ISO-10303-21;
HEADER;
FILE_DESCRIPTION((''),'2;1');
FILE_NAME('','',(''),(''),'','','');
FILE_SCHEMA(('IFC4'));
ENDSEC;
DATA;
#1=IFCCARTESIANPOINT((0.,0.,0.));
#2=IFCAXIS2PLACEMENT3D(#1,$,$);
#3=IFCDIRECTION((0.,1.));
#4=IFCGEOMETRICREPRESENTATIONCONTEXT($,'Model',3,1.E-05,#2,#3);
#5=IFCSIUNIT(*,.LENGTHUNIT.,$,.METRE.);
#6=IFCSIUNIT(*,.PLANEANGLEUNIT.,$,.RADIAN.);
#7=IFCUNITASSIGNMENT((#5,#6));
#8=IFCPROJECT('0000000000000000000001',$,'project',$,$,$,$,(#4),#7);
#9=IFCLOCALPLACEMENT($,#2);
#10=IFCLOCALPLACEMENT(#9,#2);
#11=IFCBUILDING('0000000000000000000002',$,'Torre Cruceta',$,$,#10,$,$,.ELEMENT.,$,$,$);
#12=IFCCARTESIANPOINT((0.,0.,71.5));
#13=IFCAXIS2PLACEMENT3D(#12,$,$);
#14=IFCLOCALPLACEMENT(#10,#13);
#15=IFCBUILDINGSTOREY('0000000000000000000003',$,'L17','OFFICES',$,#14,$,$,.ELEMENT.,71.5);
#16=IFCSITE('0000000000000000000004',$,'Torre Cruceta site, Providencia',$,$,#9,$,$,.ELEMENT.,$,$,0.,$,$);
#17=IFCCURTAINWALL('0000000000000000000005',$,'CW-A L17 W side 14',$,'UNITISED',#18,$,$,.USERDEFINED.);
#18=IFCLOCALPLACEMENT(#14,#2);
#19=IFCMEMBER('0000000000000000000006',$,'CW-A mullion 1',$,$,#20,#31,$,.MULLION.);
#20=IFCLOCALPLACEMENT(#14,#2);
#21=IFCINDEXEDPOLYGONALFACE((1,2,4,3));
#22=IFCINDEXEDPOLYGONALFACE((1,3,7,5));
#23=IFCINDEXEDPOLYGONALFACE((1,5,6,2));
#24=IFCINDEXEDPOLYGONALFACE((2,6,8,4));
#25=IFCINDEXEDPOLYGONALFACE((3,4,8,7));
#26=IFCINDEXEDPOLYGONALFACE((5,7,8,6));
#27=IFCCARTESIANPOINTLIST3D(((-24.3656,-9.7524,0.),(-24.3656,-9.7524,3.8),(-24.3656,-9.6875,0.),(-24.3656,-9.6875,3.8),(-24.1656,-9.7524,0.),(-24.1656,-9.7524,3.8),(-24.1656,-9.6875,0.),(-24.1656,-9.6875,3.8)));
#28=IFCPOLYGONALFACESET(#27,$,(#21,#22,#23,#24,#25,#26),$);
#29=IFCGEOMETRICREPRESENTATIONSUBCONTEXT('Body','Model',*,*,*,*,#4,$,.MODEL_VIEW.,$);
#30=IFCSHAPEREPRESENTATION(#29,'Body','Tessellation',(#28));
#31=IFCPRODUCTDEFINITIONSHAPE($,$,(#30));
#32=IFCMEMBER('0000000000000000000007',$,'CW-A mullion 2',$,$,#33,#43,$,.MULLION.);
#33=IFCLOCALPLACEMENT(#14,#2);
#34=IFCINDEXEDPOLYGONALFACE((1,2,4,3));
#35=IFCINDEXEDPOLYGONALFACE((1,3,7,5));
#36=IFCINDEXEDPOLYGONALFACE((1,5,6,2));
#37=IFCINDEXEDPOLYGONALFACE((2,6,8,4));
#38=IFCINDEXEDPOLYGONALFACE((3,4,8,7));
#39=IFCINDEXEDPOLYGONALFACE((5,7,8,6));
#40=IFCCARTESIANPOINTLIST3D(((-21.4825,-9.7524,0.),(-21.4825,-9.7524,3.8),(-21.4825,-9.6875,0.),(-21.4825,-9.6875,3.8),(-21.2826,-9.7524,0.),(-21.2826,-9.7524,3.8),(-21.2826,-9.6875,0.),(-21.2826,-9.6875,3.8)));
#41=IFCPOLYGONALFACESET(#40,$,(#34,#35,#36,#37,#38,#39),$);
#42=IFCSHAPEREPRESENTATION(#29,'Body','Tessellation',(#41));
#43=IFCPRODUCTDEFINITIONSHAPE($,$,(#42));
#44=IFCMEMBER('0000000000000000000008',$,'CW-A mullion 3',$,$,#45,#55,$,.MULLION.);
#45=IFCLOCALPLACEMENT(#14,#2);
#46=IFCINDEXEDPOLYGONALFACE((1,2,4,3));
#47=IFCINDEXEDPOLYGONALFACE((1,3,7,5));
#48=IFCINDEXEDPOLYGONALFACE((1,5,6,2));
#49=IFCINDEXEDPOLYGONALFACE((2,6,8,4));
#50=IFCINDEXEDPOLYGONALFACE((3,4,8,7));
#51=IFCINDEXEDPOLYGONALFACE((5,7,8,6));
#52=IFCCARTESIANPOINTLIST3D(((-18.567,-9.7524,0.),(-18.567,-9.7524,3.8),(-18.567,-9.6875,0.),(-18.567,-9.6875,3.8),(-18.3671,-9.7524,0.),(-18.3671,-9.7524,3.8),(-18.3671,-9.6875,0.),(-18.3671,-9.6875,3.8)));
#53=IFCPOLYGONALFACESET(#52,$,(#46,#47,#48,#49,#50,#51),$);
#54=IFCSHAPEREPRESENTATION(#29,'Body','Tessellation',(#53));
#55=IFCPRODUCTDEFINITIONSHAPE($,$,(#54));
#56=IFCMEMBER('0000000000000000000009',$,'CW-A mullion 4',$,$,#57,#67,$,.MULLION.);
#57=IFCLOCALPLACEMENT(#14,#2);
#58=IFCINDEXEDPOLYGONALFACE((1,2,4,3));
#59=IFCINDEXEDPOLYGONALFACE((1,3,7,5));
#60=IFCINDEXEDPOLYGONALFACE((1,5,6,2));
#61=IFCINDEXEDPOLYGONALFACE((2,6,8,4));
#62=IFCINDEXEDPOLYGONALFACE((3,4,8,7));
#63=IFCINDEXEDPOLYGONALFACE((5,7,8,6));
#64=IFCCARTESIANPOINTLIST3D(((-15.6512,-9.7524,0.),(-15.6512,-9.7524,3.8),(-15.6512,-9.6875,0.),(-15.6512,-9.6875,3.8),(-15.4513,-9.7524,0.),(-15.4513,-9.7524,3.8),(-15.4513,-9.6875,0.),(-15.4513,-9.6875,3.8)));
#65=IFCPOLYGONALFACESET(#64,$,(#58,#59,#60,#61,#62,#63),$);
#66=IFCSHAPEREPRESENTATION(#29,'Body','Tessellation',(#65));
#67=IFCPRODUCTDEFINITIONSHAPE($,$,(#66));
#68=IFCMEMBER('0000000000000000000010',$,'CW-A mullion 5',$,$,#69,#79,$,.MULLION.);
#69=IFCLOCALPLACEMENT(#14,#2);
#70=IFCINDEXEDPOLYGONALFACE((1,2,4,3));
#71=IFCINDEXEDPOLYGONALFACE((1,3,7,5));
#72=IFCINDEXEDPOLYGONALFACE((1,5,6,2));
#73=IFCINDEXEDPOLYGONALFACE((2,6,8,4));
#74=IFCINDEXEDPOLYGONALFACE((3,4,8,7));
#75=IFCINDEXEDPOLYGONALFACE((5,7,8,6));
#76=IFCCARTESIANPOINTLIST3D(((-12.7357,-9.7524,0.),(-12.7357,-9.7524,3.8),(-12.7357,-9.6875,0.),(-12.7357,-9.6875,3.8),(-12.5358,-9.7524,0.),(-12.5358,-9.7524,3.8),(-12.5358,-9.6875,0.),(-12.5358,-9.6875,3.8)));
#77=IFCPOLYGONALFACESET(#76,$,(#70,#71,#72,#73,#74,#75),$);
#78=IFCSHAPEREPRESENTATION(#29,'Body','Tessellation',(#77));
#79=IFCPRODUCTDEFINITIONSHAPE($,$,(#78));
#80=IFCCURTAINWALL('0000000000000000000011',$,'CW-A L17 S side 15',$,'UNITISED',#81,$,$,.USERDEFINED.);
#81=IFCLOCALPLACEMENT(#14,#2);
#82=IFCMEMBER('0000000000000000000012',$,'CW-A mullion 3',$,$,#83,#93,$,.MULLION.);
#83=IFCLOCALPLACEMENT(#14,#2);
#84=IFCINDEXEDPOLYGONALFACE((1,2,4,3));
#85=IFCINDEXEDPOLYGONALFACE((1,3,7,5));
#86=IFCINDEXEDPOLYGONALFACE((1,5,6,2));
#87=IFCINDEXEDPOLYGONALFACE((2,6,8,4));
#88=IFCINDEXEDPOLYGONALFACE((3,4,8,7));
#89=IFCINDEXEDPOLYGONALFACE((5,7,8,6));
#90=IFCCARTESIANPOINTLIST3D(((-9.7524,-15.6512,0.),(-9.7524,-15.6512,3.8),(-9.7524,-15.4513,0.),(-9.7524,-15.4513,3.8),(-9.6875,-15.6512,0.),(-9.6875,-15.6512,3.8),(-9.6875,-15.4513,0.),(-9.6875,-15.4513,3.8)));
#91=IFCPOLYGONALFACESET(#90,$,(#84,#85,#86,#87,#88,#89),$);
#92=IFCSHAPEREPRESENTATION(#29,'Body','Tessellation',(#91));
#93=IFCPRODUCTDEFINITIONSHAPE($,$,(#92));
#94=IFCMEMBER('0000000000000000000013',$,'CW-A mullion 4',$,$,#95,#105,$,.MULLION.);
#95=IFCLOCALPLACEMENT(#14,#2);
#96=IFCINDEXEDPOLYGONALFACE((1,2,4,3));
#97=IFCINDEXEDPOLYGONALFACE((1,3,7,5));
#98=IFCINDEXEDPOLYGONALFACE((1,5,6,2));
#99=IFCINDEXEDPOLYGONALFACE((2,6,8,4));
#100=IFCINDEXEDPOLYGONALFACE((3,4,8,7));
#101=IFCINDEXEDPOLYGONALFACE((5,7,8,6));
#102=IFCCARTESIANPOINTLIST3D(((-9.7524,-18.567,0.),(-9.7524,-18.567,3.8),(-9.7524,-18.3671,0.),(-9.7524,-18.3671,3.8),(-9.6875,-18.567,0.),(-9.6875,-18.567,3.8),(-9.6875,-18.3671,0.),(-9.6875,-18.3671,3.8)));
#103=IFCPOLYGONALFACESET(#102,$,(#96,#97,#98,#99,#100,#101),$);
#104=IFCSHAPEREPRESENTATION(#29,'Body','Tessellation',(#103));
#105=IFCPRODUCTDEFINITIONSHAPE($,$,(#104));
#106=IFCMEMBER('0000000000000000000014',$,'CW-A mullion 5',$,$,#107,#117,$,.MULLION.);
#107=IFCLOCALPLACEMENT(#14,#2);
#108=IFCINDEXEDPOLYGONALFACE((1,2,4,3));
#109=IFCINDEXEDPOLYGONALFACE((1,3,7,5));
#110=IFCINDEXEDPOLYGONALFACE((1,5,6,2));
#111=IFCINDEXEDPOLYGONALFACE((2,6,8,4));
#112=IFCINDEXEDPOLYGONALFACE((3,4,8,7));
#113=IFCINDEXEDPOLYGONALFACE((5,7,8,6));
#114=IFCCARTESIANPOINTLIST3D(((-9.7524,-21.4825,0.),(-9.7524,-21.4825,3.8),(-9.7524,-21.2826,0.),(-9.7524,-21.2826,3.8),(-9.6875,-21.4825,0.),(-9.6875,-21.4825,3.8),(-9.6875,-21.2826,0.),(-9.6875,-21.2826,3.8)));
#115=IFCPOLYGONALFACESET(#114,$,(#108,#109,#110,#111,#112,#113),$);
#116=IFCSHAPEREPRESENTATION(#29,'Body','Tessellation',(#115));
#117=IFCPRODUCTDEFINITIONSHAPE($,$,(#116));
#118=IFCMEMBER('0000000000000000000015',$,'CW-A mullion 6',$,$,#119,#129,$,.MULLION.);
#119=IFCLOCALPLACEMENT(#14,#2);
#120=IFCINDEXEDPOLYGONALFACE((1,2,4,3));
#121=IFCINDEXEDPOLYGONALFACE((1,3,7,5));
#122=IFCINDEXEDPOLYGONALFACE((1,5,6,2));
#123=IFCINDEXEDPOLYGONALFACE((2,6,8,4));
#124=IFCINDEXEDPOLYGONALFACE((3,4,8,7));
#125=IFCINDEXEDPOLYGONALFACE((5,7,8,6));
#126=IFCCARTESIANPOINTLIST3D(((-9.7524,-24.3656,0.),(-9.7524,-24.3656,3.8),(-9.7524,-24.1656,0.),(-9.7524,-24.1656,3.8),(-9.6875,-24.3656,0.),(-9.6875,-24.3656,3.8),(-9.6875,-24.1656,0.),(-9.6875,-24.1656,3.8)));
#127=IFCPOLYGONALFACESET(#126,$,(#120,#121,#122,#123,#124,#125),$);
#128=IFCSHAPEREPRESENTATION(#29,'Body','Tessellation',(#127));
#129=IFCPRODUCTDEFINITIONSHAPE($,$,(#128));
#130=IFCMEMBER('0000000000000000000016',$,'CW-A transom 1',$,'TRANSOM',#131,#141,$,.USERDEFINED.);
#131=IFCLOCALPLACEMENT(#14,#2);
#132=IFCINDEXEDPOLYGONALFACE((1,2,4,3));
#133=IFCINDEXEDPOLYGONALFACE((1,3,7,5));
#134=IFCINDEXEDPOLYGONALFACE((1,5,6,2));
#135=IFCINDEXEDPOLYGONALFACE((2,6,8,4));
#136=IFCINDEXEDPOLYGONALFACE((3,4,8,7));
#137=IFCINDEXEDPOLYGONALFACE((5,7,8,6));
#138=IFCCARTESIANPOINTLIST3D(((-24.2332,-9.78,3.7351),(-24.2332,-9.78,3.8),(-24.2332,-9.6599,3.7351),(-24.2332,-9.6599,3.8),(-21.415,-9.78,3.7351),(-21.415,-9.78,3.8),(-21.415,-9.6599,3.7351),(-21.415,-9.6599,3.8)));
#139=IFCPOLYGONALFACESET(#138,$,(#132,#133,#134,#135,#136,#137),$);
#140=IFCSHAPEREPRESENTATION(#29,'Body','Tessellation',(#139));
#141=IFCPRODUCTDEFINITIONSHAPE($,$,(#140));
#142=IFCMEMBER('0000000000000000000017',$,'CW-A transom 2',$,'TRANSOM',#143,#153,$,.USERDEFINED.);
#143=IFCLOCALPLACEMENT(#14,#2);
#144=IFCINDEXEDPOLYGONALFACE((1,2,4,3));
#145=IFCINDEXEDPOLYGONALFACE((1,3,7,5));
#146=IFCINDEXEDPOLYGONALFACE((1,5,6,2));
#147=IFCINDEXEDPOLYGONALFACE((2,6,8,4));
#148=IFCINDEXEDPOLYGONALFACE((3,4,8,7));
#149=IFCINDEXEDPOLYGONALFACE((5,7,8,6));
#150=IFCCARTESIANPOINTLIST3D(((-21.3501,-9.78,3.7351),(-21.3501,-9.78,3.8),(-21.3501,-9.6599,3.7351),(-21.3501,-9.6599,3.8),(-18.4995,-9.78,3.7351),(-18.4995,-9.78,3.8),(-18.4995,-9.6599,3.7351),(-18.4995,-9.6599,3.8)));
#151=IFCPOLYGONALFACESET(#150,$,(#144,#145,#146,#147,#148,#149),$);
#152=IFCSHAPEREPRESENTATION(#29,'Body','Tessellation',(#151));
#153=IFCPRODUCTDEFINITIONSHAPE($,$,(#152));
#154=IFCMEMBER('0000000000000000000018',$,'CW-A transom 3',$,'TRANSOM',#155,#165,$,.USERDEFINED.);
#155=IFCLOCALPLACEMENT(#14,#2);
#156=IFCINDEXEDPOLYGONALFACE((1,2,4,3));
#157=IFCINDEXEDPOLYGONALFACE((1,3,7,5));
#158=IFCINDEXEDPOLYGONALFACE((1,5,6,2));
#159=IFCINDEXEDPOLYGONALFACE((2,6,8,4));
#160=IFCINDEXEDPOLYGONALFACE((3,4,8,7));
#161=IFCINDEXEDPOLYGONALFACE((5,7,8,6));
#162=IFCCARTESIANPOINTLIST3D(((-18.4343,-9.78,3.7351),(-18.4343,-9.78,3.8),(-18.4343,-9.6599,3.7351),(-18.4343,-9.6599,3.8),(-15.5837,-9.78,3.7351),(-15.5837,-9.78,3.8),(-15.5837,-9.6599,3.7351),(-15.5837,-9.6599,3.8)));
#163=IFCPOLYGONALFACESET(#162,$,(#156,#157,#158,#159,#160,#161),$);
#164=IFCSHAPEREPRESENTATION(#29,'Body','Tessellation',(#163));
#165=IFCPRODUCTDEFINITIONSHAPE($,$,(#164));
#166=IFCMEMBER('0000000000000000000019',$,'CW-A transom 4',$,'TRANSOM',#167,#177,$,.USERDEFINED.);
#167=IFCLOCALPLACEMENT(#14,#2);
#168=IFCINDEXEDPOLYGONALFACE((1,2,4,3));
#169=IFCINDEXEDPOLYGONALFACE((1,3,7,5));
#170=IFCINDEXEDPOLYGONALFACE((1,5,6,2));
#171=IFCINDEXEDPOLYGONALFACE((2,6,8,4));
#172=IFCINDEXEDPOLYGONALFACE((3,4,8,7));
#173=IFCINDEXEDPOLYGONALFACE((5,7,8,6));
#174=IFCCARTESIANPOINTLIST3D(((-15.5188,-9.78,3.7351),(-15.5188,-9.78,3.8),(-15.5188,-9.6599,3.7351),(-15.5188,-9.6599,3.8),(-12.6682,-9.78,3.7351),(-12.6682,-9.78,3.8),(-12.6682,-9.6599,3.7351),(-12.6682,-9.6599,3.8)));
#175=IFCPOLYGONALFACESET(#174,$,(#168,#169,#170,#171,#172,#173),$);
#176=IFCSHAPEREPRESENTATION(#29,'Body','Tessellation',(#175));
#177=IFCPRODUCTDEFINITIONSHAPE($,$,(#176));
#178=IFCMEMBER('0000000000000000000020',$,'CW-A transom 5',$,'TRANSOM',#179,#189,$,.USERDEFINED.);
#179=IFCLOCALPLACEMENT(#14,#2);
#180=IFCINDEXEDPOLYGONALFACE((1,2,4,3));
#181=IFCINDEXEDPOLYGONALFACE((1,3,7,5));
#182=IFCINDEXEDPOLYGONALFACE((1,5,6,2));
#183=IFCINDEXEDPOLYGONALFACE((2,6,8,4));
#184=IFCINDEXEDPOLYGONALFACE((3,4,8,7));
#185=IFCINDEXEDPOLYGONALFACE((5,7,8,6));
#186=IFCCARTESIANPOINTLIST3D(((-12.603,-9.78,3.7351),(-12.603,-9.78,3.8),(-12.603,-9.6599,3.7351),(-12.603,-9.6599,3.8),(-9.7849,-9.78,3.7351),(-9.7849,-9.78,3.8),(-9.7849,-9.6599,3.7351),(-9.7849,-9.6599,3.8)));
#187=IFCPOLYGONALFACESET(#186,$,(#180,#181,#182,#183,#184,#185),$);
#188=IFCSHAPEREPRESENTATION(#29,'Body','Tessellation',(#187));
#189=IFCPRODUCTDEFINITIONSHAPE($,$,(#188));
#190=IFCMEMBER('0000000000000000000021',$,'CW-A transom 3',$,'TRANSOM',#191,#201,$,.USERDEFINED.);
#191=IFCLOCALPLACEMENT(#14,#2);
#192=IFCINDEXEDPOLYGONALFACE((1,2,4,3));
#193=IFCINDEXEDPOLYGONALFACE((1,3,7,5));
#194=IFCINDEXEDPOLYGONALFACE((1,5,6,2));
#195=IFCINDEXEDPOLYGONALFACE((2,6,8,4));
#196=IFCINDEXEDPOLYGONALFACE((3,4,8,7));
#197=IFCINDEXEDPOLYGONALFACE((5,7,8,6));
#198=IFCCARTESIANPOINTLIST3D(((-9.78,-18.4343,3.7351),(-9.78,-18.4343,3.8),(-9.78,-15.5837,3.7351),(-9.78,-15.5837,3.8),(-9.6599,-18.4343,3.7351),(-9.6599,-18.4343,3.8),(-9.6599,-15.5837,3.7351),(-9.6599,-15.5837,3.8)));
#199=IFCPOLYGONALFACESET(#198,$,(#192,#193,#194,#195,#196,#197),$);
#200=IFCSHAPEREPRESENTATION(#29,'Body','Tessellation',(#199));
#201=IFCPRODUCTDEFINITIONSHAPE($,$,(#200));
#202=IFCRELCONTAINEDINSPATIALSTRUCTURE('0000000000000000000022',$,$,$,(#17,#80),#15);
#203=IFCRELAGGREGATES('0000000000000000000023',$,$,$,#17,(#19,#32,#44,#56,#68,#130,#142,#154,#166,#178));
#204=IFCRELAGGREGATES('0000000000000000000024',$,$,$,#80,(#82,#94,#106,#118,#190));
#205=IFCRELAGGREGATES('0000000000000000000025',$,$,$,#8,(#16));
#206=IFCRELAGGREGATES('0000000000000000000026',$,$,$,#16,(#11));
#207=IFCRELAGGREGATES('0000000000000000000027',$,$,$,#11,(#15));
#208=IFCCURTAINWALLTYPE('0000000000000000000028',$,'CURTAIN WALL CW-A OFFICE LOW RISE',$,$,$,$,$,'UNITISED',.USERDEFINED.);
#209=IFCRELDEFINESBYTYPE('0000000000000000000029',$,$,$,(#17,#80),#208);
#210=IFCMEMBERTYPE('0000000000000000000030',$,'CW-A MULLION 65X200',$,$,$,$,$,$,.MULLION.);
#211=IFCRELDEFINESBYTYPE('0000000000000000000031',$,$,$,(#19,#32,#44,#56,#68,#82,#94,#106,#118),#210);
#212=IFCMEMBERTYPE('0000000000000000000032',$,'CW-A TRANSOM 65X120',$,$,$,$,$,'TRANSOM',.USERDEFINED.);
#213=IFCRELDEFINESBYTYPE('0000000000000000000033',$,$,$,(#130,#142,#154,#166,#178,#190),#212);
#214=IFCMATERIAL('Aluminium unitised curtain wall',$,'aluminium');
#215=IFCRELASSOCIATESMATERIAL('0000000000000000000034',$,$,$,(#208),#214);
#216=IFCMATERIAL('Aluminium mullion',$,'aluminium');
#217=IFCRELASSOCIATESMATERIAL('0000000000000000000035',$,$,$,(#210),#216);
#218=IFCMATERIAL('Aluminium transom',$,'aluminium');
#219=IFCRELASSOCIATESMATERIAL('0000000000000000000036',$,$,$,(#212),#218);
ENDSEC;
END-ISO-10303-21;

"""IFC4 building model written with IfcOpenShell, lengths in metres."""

from ifc_helpers import new_model, si_unit, direction, frame, origin, origin_2d, place, context, subcontext, project, spatial, rectangle, extrude, material, material_profile, profile_set, type_object, element, aggregate, save


model = new_model("IFC4")

# Units and contexts
model_context = context("Model", 3, precision=1e-05, world=origin(), true_north=direction((0.0, 1.0)))
body_context = subcontext(model_context, "Body", "Model", "MODEL_VIEW")
ifc_project = project(units=[si_unit("LENGTHUNIT", "METRE"), si_unit("PLANEANGLEUNIT", "RADIAN")], contexts=[model_context])

# Site, building, storey
site_placement = place(None, origin())
site = spatial("IfcSite", under=ifc_project, at=site_placement, Name="Torre Cruceta site, Providencia", CompositionType="ELEMENT", RefElevation=0.0)
building_placement = place(site_placement, origin())
building = spatial("IfcBuilding", under=site, at=building_placement, Name="Torre Cruceta", CompositionType="ELEMENT")
storey_placement = place(building_placement, frame((0.0, 0.0, 71.5)))
storey = spatial("IfcBuildingStorey", under=building, at=storey_placement, Name="L17", Description="OFFICES", CompositionType="ELEMENT", Elevation=71.5)

# Curtain walls, members
ifc_material_1 = material(Name="Aluminium unitised curtain wall", Category="aluminium")
curtain_wall_type = type_object("IfcCurtainWallType", Name="CURTAIN WALL CW-A OFFICE LOW RISE", ElementType="UNITISED", PredefinedType="USERDEFINED", material=ifc_material_1)
curtain_wall_1_placement = place(storey_placement, origin())
curtain_wall_1 = element("IfcCurtainWall", 1, at=curtain_wall_1_placement, inside=storey, type_object=curtain_wall_type, Name="CW-A L17 W side 14", ObjectType="UNITISED", PredefinedType="USERDEFINED")
ifc_material_2 = material(Name="Aluminium mullion", Category="aluminium")
ifc_material_profile_1 = material_profile(ifc_material_2, rectangle(XDim=0.0649, YDim=0.2, at=origin_2d()), Name="AL 65X200")
ifc_profile_set_1 = profile_set([ifc_material_profile_1], Name="Aluminium mullion")
member_type_1 = type_object("IfcMemberType", Name="CW-A MULLION 65X200", PredefinedType="MULLION", material=ifc_profile_set_1)
member_1_placement = place(storey_placement, frame((-24.2656, -9.72, 0.0), z_axis=(0.0, 0.0, 1.0), x_axis=(0.0, 1.0, 0.0)))
member_1 = element("IfcMember", 2, at=member_1_placement, type_object=member_type_1, Name="CW-A mullion 1", PredefinedType="MULLION", context=body_context, shape_type="SweptSolid", body=[
    extrude(rectangle(XDim=0.0649, YDim=0.2, at=origin_2d()), origin(), (0.0, 0.0, 1.0), 3.8),
])
member_2_placement = place(storey_placement, frame((-21.3826, -9.72, 0.0), z_axis=(0.0, 0.0, 1.0), x_axis=(0.0, 1.0, 0.0)))
member_2 = element("IfcMember", 3, at=member_2_placement, type_object=member_type_1, Name="CW-A mullion 2", PredefinedType="MULLION", context=body_context, shape_type="SweptSolid", body=[
    extrude(rectangle(XDim=0.0649, YDim=0.2, at=origin_2d()), origin(), (0.0, 0.0, 1.0), 3.8),
])
member_3_placement = place(storey_placement, frame((-18.467, -9.72, 0.0), z_axis=(0.0, 0.0, 1.0), x_axis=(0.0, 1.0, 0.0)))
member_3 = element("IfcMember", 4, at=member_3_placement, type_object=member_type_1, Name="CW-A mullion 3", PredefinedType="MULLION", context=body_context, shape_type="SweptSolid", body=[
    extrude(rectangle(XDim=0.0649, YDim=0.2, at=origin_2d()), origin(), (0.0, 0.0, 1.0), 3.8),
])
member_4_placement = place(storey_placement, frame((-15.5513, -9.72, 0.0), z_axis=(0.0, 0.0, 1.0), x_axis=(0.0, 1.0, 0.0)))
member_4 = element("IfcMember", 5, at=member_4_placement, type_object=member_type_1, Name="CW-A mullion 4", PredefinedType="MULLION", context=body_context, shape_type="SweptSolid", body=[
    extrude(rectangle(XDim=0.0649, YDim=0.2, at=origin_2d()), origin(), (0.0, 0.0, 1.0), 3.8),
])
member_5_placement = place(storey_placement, frame((-12.6357, -9.72, 0.0), z_axis=(0.0, 0.0, 1.0), x_axis=(0.0, 1.0, 0.0)))
member_5 = element("IfcMember", 6, at=member_5_placement, type_object=member_type_1, Name="CW-A mullion 5", PredefinedType="MULLION", context=body_context, shape_type="SweptSolid", body=[
    extrude(rectangle(XDim=0.0649, YDim=0.2, at=origin_2d()), origin(), (0.0, 0.0, 1.0), 3.8),
])
curtain_wall_2_placement = place(storey_placement, origin())
curtain_wall_2 = element("IfcCurtainWall", 7, at=curtain_wall_2_placement, inside=storey, type_object=curtain_wall_type, Name="CW-A L17 S side 15", ObjectType="UNITISED", PredefinedType="USERDEFINED")
member_6_placement = place(storey_placement, frame((-9.72, -15.5513, 0.0), z_axis=(0.0, 0.0, 1.0), x_axis=(1.0, 0.0, 0.0)))
member_6 = element("IfcMember", 8, at=member_6_placement, type_object=member_type_1, Name="CW-A mullion 3", PredefinedType="MULLION", context=body_context, shape_type="SweptSolid", body=[
    extrude(rectangle(XDim=0.0649, YDim=0.2, at=origin_2d()), origin(), (0.0, 0.0, 1.0), 3.8),
])
member_7_placement = place(storey_placement, frame((-9.72, -18.467, 0.0), z_axis=(0.0, 0.0, 1.0), x_axis=(1.0, 0.0, 0.0)))
member_7 = element("IfcMember", 9, at=member_7_placement, type_object=member_type_1, Name="CW-A mullion 4", PredefinedType="MULLION", context=body_context, shape_type="SweptSolid", body=[
    extrude(rectangle(XDim=0.0649, YDim=0.2, at=origin_2d()), origin(), (0.0, 0.0, 1.0), 3.8),
])
member_8_placement = place(storey_placement, frame((-9.72, -21.3826, 0.0), z_axis=(0.0, 0.0, 1.0), x_axis=(1.0, 0.0, 0.0)))
member_8 = element("IfcMember", 10, at=member_8_placement, type_object=member_type_1, Name="CW-A mullion 5", PredefinedType="MULLION", context=body_context, shape_type="SweptSolid", body=[
    extrude(rectangle(XDim=0.0649, YDim=0.2, at=origin_2d()), origin(), (0.0, 0.0, 1.0), 3.8),
])
member_9_placement = place(storey_placement, frame((-9.72, -24.2656, 0.0), z_axis=(0.0, 0.0, 1.0), x_axis=(1.0, 0.0, 0.0)))
member_9 = element("IfcMember", 11, at=member_9_placement, type_object=member_type_1, Name="CW-A mullion 6", PredefinedType="MULLION", context=body_context, shape_type="SweptSolid", body=[
    extrude(rectangle(XDim=0.0649, YDim=0.2, at=origin_2d()), origin(), (0.0, 0.0, 1.0), 3.8),
])

# Members
ifc_material_3 = material(Name="Aluminium transom", Category="aluminium")
ifc_material_profile_2 = material_profile(ifc_material_3, rectangle(XDim=0.1201, YDim=0.0649, at=origin_2d()), Name="AL 120X65")
ifc_profile_set_2 = profile_set([ifc_material_profile_2], Name="Aluminium transom")
member_type_2 = type_object("IfcMemberType", Name="CW-A TRANSOM 65X120", ElementType="TRANSOM", PredefinedType="USERDEFINED", material=ifc_profile_set_2)
member_10_placement = place(storey_placement, frame((-24.2332, -9.72, 3.7676), z_axis=(1.0, 0.0, 0.0), x_axis=(0.0, 1.0, 0.0)))
member_10 = element("IfcMember", 12, at=member_10_placement, type_object=member_type_2, Name="CW-A transom 1", ObjectType="TRANSOM", PredefinedType="USERDEFINED", context=body_context, shape_type="SweptSolid", body=[
    extrude(rectangle(XDim=0.1201, YDim=0.0649, at=origin_2d()), origin(), (0.0, 0.0, 1.0), 2.8181),
])
member_11_placement = place(storey_placement, frame((-21.3501, -9.72, 3.7676), z_axis=(1.0, 0.0, 0.0), x_axis=(0.0, 1.0, 0.0)))
member_11 = element("IfcMember", 13, at=member_11_placement, type_object=member_type_2, Name="CW-A transom 2", ObjectType="TRANSOM", PredefinedType="USERDEFINED", context=body_context, shape_type="SweptSolid", body=[
    extrude(rectangle(XDim=0.1201, YDim=0.0649, at=origin_2d()), origin(), (0.0, 0.0, 1.0), 2.8506),
])
member_12_placement = place(storey_placement, frame((-18.4343, -9.72, 3.7676), z_axis=(1.0, 0.0, 0.0), x_axis=(0.0, 1.0, 0.0)))
member_12 = element("IfcMember", 14, at=member_12_placement, type_object=member_type_2, Name="CW-A transom 3", ObjectType="TRANSOM", PredefinedType="USERDEFINED", context=body_context, shape_type="SweptSolid", body=[
    extrude(rectangle(XDim=0.1201, YDim=0.0649, at=origin_2d()), origin(), (0.0, 0.0, 1.0), 2.8506),
])
member_13_placement = place(storey_placement, frame((-15.5188, -9.72, 3.7676), z_axis=(1.0, 0.0, 0.0), x_axis=(0.0, 1.0, 0.0)))
member_13 = element("IfcMember", 15, at=member_13_placement, type_object=member_type_2, Name="CW-A transom 4", ObjectType="TRANSOM", PredefinedType="USERDEFINED", context=body_context, shape_type="SweptSolid", body=[
    extrude(rectangle(XDim=0.1201, YDim=0.0649, at=origin_2d()), origin(), (0.0, 0.0, 1.0), 2.8506),
])
member_14_placement = place(storey_placement, frame((-12.603, -9.72, 3.7676), z_axis=(1.0, 0.0, 0.0), x_axis=(0.0, 1.0, 0.0)))
member_14 = element("IfcMember", 16, at=member_14_placement, type_object=member_type_2, Name="CW-A transom 5", ObjectType="TRANSOM", PredefinedType="USERDEFINED", context=body_context, shape_type="SweptSolid", body=[
    extrude(rectangle(XDim=0.1201, YDim=0.0649, at=origin_2d()), origin(), (0.0, 0.0, 1.0), 2.8181),
])
member_15_placement = place(storey_placement, frame((-9.72, -15.5837, 3.7676), z_axis=(0.0, -1.0, 0.0), x_axis=(1.0, 0.0, 0.0)))
member_15 = element("IfcMember", 17, at=member_15_placement, type_object=member_type_2, Name="CW-A transom 3", ObjectType="TRANSOM", PredefinedType="USERDEFINED", context=body_context, shape_type="SweptSolid", body=[
    extrude(rectangle(XDim=0.1201, YDim=0.0649, at=origin_2d()), origin(), (0.0, 0.0, 1.0), 2.8506),
])

aggregate(curtain_wall_1, [member_1, member_2, member_3, member_4, member_5, member_10, member_11, member_12, member_13, member_14])
aggregate(curtain_wall_2, [member_6, member_7, member_8, member_9, member_15])

save(model, "model.ifc")
